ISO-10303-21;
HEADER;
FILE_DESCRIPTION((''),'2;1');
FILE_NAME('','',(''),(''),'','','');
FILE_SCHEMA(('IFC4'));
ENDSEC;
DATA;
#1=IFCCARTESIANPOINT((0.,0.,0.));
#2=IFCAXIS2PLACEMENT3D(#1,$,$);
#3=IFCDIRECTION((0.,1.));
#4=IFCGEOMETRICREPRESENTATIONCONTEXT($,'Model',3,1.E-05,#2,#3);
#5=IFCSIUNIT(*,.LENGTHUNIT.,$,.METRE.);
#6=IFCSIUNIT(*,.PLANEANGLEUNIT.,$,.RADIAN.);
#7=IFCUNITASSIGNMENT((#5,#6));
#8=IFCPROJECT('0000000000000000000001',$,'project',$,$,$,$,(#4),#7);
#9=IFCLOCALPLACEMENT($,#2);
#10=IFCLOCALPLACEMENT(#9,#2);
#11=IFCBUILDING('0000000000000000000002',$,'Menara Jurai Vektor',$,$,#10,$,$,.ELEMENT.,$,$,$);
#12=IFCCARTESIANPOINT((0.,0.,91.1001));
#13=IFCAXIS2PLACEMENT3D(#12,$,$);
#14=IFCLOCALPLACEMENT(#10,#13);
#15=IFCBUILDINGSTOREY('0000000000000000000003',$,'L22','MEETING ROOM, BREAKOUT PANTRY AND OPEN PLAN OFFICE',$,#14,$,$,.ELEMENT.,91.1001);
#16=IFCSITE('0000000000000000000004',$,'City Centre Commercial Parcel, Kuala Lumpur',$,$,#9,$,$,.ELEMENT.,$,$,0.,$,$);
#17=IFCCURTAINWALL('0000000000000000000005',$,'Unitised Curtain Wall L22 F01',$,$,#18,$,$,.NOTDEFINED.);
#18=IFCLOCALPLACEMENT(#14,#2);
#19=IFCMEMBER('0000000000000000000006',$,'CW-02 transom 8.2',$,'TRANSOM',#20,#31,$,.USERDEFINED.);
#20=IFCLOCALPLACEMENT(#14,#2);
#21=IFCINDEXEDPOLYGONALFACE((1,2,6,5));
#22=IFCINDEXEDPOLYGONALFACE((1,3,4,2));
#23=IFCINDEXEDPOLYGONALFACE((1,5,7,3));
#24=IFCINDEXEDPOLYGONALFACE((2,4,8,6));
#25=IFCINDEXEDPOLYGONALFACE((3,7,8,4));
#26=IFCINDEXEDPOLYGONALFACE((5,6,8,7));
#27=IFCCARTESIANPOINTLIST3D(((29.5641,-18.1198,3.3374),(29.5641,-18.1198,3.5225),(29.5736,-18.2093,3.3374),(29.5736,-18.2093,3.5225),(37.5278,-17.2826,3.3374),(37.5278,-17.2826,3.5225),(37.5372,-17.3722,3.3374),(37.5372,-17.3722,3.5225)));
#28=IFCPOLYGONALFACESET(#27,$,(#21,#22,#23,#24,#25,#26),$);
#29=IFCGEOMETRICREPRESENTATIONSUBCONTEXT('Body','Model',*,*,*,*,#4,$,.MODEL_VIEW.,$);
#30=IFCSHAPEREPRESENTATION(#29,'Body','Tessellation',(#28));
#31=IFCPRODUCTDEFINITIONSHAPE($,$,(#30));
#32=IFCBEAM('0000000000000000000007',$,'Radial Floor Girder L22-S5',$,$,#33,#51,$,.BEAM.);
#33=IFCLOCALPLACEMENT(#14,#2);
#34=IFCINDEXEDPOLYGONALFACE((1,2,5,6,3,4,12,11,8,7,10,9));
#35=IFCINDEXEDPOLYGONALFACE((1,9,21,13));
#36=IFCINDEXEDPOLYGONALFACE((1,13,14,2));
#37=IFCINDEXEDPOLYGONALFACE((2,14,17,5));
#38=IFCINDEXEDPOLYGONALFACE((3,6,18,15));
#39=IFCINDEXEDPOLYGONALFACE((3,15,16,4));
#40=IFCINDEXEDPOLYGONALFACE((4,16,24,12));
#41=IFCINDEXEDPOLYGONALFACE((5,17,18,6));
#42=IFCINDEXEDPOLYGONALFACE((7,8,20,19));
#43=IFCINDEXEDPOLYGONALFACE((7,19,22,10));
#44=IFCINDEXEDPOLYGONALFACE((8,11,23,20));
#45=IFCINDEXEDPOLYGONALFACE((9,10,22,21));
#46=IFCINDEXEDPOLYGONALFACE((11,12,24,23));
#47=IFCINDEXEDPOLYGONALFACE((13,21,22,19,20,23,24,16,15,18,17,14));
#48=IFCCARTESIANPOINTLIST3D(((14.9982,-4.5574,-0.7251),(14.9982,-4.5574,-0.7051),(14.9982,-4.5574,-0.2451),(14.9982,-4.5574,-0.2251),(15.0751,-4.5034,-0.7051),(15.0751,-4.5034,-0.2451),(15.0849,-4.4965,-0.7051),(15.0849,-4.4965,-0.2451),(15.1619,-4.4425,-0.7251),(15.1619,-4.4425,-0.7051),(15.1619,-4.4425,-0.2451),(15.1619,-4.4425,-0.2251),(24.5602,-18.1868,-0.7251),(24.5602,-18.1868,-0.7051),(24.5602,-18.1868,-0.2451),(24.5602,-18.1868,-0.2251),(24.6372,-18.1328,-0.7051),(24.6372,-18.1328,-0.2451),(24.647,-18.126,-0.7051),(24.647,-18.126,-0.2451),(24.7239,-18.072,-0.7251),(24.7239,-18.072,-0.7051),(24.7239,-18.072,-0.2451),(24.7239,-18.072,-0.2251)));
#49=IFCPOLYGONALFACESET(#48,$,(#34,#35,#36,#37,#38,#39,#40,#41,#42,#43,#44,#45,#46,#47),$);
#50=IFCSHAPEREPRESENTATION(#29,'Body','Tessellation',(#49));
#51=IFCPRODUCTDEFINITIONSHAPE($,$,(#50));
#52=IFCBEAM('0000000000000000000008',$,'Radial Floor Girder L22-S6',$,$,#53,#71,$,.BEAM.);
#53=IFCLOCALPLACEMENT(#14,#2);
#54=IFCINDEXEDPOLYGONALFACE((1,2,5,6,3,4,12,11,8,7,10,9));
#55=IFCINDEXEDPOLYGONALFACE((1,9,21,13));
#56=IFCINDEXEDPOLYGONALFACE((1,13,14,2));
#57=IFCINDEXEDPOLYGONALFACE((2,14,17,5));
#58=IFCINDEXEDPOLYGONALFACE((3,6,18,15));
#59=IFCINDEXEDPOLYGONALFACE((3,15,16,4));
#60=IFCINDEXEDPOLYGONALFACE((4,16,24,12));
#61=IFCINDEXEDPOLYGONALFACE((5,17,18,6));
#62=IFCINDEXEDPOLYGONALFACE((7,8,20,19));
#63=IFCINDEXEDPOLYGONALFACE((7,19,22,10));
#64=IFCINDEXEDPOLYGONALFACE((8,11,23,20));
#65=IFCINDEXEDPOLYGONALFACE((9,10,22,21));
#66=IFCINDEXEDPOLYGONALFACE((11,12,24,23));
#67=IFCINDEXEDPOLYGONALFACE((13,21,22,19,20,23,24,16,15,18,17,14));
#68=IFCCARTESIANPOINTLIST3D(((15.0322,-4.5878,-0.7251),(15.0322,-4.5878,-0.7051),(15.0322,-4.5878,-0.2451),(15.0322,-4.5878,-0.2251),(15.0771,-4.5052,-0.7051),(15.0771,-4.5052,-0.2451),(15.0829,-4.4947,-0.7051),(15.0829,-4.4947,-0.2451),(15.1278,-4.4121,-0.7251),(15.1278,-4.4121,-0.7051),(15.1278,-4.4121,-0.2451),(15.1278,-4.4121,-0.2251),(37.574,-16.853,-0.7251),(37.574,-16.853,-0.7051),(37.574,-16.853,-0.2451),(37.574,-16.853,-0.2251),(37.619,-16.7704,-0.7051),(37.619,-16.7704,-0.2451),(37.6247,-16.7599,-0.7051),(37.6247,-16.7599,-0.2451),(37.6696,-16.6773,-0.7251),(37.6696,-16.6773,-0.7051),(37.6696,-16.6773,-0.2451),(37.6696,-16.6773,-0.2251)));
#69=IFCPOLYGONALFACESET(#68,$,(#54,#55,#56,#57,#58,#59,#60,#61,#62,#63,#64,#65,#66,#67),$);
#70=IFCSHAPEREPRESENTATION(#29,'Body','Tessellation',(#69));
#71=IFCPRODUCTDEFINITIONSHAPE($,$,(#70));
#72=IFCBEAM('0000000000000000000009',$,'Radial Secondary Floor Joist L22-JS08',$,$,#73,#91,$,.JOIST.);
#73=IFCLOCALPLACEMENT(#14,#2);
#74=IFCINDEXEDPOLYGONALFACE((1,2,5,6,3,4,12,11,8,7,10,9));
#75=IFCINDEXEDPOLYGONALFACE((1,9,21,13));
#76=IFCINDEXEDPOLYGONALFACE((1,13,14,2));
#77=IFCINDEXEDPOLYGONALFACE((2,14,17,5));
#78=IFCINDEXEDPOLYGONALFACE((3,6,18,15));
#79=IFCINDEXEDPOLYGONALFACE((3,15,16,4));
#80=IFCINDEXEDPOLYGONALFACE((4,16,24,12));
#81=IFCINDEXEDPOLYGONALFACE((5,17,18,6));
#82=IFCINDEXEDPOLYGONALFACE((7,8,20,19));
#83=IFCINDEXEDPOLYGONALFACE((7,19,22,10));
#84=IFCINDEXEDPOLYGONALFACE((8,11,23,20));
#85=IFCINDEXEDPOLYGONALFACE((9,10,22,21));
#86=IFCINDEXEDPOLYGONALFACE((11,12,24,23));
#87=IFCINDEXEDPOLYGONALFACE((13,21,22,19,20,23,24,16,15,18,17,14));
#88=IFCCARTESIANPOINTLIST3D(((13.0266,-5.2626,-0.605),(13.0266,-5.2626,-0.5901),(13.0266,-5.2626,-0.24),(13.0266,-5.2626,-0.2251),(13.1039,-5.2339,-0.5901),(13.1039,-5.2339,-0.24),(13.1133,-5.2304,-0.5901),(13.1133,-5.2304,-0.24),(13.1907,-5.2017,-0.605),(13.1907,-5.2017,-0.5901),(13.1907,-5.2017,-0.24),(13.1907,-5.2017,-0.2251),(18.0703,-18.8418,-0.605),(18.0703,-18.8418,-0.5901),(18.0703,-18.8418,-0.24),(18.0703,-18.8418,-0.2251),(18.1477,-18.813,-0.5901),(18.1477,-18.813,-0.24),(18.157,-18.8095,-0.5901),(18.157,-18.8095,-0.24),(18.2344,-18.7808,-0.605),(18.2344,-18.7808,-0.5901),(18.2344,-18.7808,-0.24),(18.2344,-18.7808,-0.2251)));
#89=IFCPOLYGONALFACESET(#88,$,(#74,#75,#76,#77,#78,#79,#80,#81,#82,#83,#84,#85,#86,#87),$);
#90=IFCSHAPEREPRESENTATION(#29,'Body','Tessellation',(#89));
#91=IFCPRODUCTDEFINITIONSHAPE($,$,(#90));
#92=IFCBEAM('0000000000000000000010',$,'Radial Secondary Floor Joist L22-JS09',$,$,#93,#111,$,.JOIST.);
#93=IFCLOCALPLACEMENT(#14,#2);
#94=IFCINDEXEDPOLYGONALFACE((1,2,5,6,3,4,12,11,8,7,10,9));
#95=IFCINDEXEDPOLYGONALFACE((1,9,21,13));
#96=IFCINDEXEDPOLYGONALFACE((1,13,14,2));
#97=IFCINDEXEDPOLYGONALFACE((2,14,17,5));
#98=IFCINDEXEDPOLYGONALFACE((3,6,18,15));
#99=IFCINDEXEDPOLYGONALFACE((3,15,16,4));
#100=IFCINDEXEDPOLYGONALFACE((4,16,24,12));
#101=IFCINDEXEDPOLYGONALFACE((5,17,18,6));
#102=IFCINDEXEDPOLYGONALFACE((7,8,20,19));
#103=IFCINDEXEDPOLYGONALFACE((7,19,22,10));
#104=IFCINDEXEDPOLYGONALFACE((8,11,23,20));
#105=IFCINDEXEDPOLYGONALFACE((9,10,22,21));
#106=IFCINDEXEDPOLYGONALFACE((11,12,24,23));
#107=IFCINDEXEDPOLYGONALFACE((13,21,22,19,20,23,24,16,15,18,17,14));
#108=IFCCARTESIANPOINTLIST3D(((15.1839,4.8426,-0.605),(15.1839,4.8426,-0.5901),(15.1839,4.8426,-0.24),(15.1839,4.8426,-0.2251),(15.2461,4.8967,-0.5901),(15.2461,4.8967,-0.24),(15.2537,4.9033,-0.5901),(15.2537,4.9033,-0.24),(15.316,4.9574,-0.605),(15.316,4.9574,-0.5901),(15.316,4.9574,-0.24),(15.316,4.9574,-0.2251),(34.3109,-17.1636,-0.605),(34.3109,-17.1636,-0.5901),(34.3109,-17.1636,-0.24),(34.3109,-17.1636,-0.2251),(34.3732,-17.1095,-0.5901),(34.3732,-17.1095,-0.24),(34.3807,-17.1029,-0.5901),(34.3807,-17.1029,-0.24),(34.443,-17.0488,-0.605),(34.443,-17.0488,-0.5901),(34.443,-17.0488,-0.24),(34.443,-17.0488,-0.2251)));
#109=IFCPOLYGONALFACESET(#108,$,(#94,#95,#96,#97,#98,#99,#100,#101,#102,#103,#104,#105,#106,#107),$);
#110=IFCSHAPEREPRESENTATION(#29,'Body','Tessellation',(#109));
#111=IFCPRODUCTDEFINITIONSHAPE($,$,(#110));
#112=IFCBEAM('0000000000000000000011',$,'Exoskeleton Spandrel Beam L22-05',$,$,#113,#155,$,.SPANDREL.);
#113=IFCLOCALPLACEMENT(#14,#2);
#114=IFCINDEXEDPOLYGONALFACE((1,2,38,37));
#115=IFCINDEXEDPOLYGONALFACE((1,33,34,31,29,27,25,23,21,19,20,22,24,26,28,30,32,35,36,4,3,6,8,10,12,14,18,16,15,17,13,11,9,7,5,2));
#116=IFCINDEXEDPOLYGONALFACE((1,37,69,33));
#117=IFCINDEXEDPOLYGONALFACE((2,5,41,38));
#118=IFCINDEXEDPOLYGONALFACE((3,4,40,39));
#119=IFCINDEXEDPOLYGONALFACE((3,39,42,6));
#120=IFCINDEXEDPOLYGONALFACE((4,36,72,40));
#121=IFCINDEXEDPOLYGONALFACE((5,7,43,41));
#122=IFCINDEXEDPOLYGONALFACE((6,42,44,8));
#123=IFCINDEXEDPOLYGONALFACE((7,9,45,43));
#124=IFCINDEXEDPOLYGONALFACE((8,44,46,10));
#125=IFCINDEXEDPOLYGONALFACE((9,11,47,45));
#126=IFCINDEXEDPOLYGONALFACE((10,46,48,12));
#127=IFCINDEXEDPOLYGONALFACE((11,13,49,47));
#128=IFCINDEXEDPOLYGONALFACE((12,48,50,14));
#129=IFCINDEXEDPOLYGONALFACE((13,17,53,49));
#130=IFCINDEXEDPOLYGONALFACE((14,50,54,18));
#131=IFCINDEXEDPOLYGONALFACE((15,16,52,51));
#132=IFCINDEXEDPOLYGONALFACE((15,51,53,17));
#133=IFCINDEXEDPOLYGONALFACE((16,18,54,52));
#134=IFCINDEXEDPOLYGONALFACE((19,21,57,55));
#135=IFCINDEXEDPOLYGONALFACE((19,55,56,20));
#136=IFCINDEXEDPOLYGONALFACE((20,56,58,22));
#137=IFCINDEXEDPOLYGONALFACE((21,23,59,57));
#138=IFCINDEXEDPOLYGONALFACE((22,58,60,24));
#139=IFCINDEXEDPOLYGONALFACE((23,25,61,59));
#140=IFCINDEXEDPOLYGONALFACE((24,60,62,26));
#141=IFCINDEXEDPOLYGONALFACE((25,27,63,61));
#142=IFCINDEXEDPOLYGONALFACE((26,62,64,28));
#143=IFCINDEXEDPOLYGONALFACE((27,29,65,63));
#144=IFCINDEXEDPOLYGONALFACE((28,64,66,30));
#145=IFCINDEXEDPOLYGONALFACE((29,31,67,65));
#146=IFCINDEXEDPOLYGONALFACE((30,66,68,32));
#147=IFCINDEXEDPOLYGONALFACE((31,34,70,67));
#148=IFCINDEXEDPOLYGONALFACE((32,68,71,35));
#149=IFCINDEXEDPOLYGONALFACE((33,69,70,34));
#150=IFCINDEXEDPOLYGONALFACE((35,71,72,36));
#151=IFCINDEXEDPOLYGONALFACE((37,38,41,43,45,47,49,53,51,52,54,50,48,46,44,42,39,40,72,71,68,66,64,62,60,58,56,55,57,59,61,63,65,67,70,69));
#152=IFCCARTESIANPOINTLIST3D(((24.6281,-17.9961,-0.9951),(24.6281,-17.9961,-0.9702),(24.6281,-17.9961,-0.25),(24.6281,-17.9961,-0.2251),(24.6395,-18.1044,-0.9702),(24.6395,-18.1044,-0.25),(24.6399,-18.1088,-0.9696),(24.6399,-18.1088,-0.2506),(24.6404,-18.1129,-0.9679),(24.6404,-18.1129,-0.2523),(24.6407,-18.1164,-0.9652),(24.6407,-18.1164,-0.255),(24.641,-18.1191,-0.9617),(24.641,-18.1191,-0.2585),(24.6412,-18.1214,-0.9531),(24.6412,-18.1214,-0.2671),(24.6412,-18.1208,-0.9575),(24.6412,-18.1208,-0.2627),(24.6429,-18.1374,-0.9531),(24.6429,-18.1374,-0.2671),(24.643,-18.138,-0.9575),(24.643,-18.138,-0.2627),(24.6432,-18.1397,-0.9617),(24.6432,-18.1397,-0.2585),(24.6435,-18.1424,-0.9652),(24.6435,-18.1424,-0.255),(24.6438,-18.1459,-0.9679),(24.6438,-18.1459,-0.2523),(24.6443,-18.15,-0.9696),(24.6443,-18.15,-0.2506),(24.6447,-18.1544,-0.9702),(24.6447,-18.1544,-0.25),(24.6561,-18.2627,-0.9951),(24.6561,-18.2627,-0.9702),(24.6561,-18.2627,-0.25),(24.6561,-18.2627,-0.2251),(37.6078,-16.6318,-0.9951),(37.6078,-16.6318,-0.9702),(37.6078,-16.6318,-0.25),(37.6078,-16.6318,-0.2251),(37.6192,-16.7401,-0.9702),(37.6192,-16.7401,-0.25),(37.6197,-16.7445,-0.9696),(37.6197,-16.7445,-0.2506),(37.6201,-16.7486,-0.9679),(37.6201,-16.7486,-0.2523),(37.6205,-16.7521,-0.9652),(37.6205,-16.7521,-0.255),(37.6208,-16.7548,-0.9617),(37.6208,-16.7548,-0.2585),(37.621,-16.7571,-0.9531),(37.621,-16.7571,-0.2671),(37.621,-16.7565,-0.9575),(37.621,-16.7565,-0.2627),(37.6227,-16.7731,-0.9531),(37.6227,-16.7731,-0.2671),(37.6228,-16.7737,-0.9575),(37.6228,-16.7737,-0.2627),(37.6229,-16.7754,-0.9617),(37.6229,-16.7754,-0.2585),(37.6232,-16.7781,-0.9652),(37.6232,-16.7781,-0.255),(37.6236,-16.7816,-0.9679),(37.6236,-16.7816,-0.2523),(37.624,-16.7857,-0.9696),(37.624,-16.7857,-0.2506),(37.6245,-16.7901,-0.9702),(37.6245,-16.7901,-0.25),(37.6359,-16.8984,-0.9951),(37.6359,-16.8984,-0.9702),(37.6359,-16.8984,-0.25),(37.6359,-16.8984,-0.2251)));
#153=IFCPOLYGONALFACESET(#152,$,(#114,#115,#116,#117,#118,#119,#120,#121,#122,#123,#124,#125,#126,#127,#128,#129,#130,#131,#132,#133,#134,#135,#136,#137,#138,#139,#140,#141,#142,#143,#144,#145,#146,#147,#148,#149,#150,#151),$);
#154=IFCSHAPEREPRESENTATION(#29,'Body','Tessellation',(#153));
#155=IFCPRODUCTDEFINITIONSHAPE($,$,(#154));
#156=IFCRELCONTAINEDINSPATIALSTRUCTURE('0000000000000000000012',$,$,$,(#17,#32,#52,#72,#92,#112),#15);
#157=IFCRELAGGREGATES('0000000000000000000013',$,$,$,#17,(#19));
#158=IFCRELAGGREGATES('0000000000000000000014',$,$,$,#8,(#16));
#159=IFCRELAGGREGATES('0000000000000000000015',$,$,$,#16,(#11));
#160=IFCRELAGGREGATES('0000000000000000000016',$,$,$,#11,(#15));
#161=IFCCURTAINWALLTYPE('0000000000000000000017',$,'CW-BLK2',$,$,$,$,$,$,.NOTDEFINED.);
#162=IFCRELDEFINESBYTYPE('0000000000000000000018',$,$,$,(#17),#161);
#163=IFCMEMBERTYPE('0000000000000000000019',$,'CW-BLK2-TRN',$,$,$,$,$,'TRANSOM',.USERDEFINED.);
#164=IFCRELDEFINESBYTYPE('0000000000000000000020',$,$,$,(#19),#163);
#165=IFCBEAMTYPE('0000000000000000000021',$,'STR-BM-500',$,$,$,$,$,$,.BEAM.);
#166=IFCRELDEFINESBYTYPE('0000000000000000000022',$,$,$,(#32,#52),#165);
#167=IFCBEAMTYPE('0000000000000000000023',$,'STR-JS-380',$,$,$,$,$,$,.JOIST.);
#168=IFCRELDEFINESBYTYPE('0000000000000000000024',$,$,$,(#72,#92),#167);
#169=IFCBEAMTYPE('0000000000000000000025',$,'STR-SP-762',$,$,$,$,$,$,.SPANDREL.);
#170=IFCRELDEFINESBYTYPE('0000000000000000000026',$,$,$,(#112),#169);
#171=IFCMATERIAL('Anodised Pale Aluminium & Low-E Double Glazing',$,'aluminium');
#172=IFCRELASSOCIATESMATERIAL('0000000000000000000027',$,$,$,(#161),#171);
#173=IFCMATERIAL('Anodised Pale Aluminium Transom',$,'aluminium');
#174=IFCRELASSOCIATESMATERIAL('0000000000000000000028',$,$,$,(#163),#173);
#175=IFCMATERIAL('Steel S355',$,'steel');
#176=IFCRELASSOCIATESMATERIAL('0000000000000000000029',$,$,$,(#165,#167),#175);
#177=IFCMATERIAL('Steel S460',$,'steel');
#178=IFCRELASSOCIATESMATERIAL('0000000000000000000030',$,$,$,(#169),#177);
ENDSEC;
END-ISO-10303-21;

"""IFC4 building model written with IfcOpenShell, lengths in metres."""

from ifc_helpers import new_model, si_unit, direction, frame, origin, origin_2d, place, context, subcontext, project, spatial, rectangle, i_section, extrude, material, material_profile, profile_set, type_object, element, aggregate, save


model = new_model("IFC4")

# Units and contexts
model_context = context("Model", 3, precision=1e-05, world=origin(), true_north=direction((0.0, 1.0)))
body_context = subcontext(model_context, "Body", "Model", "MODEL_VIEW")
ifc_project = project(units=[si_unit("LENGTHUNIT", "METRE"), si_unit("PLANEANGLEUNIT", "RADIAN")], contexts=[model_context])

# Site, building, storey
site_placement = place(None, origin())
site = spatial("IfcSite", under=ifc_project, at=site_placement, Name="City Centre Commercial Parcel, Kuala Lumpur", CompositionType="ELEMENT", RefElevation=0.0)
building_placement = place(site_placement, origin())
building = spatial("IfcBuilding", under=site, at=building_placement, Name="Menara Jurai Vektor", CompositionType="ELEMENT")
storey_placement = place(building_placement, frame((0.0, 0.0, 91.1001)))
storey = spatial("IfcBuildingStorey", under=building, at=storey_placement, Name="L22", Description="MEETING ROOM, BREAKOUT PANTRY AND OPEN PLAN OFFICE", CompositionType="ELEMENT", Elevation=91.1001)

# Shared definitions
ifc_material_1 = material(Name="Steel S460", Category="steel")

# Curtain wall
ifc_material_2 = material(Name="Anodised Pale Aluminium & Low-E Double Glazing", Category="aluminium")
curtain_wall_type = type_object("IfcCurtainWallType", Name="CW-BLK2", PredefinedType="NOTDEFINED", material=ifc_material_2)
curtain_wall_1_placement = place(storey_placement, origin())
curtain_wall_1 = element("IfcCurtainWall", 1, at=curtain_wall_1_placement, inside=storey, type_object=curtain_wall_type, Name="Unitised Curtain Wall L22 F01", PredefinedType="NOTDEFINED")

# Member
ifc_material_3 = material(Name="Anodised Pale Aluminium Transom", Category="aluminium")
ifc_material_profile_1 = material_profile(ifc_material_3, rectangle(XDim=0.0901, YDim=0.1851, at=origin_2d()), Name="ALU TRN 90x185")
ifc_profile_set_1 = profile_set([ifc_material_profile_1], Name="Anodised Pale Aluminium Transom")
member_type_1 = type_object("IfcMemberType", Name="CW-BLK2-TRN", ElementType="TRANSOM", PredefinedType="USERDEFINED", material=ifc_profile_set_1)
member_1_placement = place(storey_placement, frame((29.5688, -18.1646, 3.4299), z_axis=(0.99452, 0.104547, 0.0), x_axis=(-0.104547, 0.99452, 0.0)))
member_1 = element("IfcMember", 2, at=member_1_placement, type_object=member_type_1, Name="CW-02 transom 8.2", ObjectType="TRANSOM", PredefinedType="USERDEFINED", context=body_context, shape_type="SweptSolid", body=[
    extrude(rectangle(XDim=0.0901, YDim=0.1851, at=origin_2d()), origin(), (0.0, 0.0, 1.0), 8.0076),
])

# Beams
ifc_material_4 = material(Name="Steel S355", Category="steel")
ifc_material_profile_2 = material_profile(ifc_material_4, i_section(OverallWidth=0.2, OverallDepth=0.5, WebThickness=0.012, FlangeThickness=0.02, at=origin_2d()), Name="PG 500x200x96")
ifc_profile_set_2 = profile_set([ifc_material_profile_2], Name="Steel S355")
beam_type_1 = type_object("IfcBeamType", Name="STR-BM-500", PredefinedType="BEAM", material=ifc_profile_set_2)
beam_1_placement = place(storey_placement, frame((24.6421, -18.1294, -0.4751), z_axis=(-0.574326, 0.818627, 0.0), x_axis=(-0.818627, -0.574326, 0.0)))
element("IfcBeam", 3, at=beam_1_placement, inside=storey, type_object=beam_type_1, Name="Radial Floor Girder L22-S5", PredefinedType="BEAM", context=body_context, shape_type="SweptSolid", body=[
    extrude(i_section(OverallWidth=0.2, OverallDepth=0.5, WebThickness=0.012, FlangeThickness=0.02, at=origin_2d()), origin(), (0.0, 0.0, 1.0), 16.6492),
])
beam_2_placement = place(storey_placement, frame((37.6218, -16.7651, -0.4751), z_axis=(-0.878392, 0.47794, 0.0), x_axis=(-0.47794, -0.878392, 0.0)))
element("IfcBeam", 4, at=beam_2_placement, inside=storey, type_object=beam_type_1, Name="Radial Floor Girder L22-S6", PredefinedType="BEAM", context=body_context, shape_type="SweptSolid", body=[
    extrude(i_section(OverallWidth=0.2, OverallDepth=0.5, WebThickness=0.012, FlangeThickness=0.02, at=origin_2d()), origin(), (0.0, 0.0, 1.0), 25.6626),
])
ifc_material_profile_3 = material_profile(ifc_material_4, i_section(OverallWidth=0.175, OverallDepth=0.3799, WebThickness=0.01, FlangeThickness=0.0149, at=origin_2d()), Name="PG 380x175x58")
ifc_profile_set_3 = profile_set([ifc_material_profile_3], Name="Steel S355")
beam_type_2 = type_object("IfcBeamType", Name="STR-JS-380", PredefinedType="JOIST", material=ifc_profile_set_3)
beam_3_placement = place(storey_placement, frame((18.1523, -18.8113, -0.415), z_axis=(-0.348189, 0.937424, 0.0), x_axis=(-0.937424, -0.348189, 0.0)))
element("IfcBeam", 5, at=beam_3_placement, inside=storey, type_object=beam_type_2, Name="Radial Secondary Floor Joist L22-JS08", PredefinedType="JOIST", context=body_context, shape_type="SweptSolid", body=[
    extrude(i_section(OverallWidth=0.175, OverallDepth=0.3799, WebThickness=0.01, FlangeThickness=0.0149, at=origin_2d()), origin(), (0.0, 0.0, 1.0), 14.4856),
])
beam_4_placement = place(storey_placement, frame((34.377, -17.1062, -0.415), z_axis=(-0.656007, 0.754755, 0.0), x_axis=(-0.754755, -0.656007, 0.0)))
element("IfcBeam", 6, at=beam_4_placement, inside=storey, type_object=beam_type_2, Name="Radial Secondary Floor Joist L22-JS09", PredefinedType="JOIST", context=body_context, shape_type="SweptSolid", body=[
    extrude(i_section(OverallWidth=0.175, OverallDepth=0.3799, WebThickness=0.01, FlangeThickness=0.0149, at=origin_2d()), origin(), (0.0, 0.0, 1.0), 29.1567),
])
ifc_material_profile_4 = material_profile(ifc_material_1, i_section(OverallWidth=0.2681, OverallDepth=0.77, WebThickness=0.0161, FlangeThickness=0.0249, FilletRadius=0.0171, at=origin_2d()), Name="UKB 762x267x197")
ifc_profile_set_4 = profile_set([ifc_material_profile_4], Name="Steel S460")
beam_type_3 = type_object("IfcBeamType", Name="STR-SP-762", PredefinedType="SPANDREL", material=ifc_profile_set_4)
beam_5_placement = place(storey_placement, frame((24.6421, -18.1294, -0.6101), z_axis=(0.994522, 0.104531, 0.0), x_axis=(-0.104531, 0.994522, 0.0)))
element("IfcBeam", 7, at=beam_5_placement, inside=storey, type_object=beam_type_3, Name="Exoskeleton Spandrel Beam L22-05", PredefinedType="SPANDREL", context=body_context, shape_type="SweptSolid", body=[
    extrude(i_section(OverallWidth=0.2681, OverallDepth=0.77, WebThickness=0.0161, FlangeThickness=0.0249, FilletRadius=0.0171, at=origin_2d()), origin(), (0.0, 0.0, 1.0), 13.0513),
])

aggregate(curtain_wall_1, [member_1])

save(model, "model.ifc")
